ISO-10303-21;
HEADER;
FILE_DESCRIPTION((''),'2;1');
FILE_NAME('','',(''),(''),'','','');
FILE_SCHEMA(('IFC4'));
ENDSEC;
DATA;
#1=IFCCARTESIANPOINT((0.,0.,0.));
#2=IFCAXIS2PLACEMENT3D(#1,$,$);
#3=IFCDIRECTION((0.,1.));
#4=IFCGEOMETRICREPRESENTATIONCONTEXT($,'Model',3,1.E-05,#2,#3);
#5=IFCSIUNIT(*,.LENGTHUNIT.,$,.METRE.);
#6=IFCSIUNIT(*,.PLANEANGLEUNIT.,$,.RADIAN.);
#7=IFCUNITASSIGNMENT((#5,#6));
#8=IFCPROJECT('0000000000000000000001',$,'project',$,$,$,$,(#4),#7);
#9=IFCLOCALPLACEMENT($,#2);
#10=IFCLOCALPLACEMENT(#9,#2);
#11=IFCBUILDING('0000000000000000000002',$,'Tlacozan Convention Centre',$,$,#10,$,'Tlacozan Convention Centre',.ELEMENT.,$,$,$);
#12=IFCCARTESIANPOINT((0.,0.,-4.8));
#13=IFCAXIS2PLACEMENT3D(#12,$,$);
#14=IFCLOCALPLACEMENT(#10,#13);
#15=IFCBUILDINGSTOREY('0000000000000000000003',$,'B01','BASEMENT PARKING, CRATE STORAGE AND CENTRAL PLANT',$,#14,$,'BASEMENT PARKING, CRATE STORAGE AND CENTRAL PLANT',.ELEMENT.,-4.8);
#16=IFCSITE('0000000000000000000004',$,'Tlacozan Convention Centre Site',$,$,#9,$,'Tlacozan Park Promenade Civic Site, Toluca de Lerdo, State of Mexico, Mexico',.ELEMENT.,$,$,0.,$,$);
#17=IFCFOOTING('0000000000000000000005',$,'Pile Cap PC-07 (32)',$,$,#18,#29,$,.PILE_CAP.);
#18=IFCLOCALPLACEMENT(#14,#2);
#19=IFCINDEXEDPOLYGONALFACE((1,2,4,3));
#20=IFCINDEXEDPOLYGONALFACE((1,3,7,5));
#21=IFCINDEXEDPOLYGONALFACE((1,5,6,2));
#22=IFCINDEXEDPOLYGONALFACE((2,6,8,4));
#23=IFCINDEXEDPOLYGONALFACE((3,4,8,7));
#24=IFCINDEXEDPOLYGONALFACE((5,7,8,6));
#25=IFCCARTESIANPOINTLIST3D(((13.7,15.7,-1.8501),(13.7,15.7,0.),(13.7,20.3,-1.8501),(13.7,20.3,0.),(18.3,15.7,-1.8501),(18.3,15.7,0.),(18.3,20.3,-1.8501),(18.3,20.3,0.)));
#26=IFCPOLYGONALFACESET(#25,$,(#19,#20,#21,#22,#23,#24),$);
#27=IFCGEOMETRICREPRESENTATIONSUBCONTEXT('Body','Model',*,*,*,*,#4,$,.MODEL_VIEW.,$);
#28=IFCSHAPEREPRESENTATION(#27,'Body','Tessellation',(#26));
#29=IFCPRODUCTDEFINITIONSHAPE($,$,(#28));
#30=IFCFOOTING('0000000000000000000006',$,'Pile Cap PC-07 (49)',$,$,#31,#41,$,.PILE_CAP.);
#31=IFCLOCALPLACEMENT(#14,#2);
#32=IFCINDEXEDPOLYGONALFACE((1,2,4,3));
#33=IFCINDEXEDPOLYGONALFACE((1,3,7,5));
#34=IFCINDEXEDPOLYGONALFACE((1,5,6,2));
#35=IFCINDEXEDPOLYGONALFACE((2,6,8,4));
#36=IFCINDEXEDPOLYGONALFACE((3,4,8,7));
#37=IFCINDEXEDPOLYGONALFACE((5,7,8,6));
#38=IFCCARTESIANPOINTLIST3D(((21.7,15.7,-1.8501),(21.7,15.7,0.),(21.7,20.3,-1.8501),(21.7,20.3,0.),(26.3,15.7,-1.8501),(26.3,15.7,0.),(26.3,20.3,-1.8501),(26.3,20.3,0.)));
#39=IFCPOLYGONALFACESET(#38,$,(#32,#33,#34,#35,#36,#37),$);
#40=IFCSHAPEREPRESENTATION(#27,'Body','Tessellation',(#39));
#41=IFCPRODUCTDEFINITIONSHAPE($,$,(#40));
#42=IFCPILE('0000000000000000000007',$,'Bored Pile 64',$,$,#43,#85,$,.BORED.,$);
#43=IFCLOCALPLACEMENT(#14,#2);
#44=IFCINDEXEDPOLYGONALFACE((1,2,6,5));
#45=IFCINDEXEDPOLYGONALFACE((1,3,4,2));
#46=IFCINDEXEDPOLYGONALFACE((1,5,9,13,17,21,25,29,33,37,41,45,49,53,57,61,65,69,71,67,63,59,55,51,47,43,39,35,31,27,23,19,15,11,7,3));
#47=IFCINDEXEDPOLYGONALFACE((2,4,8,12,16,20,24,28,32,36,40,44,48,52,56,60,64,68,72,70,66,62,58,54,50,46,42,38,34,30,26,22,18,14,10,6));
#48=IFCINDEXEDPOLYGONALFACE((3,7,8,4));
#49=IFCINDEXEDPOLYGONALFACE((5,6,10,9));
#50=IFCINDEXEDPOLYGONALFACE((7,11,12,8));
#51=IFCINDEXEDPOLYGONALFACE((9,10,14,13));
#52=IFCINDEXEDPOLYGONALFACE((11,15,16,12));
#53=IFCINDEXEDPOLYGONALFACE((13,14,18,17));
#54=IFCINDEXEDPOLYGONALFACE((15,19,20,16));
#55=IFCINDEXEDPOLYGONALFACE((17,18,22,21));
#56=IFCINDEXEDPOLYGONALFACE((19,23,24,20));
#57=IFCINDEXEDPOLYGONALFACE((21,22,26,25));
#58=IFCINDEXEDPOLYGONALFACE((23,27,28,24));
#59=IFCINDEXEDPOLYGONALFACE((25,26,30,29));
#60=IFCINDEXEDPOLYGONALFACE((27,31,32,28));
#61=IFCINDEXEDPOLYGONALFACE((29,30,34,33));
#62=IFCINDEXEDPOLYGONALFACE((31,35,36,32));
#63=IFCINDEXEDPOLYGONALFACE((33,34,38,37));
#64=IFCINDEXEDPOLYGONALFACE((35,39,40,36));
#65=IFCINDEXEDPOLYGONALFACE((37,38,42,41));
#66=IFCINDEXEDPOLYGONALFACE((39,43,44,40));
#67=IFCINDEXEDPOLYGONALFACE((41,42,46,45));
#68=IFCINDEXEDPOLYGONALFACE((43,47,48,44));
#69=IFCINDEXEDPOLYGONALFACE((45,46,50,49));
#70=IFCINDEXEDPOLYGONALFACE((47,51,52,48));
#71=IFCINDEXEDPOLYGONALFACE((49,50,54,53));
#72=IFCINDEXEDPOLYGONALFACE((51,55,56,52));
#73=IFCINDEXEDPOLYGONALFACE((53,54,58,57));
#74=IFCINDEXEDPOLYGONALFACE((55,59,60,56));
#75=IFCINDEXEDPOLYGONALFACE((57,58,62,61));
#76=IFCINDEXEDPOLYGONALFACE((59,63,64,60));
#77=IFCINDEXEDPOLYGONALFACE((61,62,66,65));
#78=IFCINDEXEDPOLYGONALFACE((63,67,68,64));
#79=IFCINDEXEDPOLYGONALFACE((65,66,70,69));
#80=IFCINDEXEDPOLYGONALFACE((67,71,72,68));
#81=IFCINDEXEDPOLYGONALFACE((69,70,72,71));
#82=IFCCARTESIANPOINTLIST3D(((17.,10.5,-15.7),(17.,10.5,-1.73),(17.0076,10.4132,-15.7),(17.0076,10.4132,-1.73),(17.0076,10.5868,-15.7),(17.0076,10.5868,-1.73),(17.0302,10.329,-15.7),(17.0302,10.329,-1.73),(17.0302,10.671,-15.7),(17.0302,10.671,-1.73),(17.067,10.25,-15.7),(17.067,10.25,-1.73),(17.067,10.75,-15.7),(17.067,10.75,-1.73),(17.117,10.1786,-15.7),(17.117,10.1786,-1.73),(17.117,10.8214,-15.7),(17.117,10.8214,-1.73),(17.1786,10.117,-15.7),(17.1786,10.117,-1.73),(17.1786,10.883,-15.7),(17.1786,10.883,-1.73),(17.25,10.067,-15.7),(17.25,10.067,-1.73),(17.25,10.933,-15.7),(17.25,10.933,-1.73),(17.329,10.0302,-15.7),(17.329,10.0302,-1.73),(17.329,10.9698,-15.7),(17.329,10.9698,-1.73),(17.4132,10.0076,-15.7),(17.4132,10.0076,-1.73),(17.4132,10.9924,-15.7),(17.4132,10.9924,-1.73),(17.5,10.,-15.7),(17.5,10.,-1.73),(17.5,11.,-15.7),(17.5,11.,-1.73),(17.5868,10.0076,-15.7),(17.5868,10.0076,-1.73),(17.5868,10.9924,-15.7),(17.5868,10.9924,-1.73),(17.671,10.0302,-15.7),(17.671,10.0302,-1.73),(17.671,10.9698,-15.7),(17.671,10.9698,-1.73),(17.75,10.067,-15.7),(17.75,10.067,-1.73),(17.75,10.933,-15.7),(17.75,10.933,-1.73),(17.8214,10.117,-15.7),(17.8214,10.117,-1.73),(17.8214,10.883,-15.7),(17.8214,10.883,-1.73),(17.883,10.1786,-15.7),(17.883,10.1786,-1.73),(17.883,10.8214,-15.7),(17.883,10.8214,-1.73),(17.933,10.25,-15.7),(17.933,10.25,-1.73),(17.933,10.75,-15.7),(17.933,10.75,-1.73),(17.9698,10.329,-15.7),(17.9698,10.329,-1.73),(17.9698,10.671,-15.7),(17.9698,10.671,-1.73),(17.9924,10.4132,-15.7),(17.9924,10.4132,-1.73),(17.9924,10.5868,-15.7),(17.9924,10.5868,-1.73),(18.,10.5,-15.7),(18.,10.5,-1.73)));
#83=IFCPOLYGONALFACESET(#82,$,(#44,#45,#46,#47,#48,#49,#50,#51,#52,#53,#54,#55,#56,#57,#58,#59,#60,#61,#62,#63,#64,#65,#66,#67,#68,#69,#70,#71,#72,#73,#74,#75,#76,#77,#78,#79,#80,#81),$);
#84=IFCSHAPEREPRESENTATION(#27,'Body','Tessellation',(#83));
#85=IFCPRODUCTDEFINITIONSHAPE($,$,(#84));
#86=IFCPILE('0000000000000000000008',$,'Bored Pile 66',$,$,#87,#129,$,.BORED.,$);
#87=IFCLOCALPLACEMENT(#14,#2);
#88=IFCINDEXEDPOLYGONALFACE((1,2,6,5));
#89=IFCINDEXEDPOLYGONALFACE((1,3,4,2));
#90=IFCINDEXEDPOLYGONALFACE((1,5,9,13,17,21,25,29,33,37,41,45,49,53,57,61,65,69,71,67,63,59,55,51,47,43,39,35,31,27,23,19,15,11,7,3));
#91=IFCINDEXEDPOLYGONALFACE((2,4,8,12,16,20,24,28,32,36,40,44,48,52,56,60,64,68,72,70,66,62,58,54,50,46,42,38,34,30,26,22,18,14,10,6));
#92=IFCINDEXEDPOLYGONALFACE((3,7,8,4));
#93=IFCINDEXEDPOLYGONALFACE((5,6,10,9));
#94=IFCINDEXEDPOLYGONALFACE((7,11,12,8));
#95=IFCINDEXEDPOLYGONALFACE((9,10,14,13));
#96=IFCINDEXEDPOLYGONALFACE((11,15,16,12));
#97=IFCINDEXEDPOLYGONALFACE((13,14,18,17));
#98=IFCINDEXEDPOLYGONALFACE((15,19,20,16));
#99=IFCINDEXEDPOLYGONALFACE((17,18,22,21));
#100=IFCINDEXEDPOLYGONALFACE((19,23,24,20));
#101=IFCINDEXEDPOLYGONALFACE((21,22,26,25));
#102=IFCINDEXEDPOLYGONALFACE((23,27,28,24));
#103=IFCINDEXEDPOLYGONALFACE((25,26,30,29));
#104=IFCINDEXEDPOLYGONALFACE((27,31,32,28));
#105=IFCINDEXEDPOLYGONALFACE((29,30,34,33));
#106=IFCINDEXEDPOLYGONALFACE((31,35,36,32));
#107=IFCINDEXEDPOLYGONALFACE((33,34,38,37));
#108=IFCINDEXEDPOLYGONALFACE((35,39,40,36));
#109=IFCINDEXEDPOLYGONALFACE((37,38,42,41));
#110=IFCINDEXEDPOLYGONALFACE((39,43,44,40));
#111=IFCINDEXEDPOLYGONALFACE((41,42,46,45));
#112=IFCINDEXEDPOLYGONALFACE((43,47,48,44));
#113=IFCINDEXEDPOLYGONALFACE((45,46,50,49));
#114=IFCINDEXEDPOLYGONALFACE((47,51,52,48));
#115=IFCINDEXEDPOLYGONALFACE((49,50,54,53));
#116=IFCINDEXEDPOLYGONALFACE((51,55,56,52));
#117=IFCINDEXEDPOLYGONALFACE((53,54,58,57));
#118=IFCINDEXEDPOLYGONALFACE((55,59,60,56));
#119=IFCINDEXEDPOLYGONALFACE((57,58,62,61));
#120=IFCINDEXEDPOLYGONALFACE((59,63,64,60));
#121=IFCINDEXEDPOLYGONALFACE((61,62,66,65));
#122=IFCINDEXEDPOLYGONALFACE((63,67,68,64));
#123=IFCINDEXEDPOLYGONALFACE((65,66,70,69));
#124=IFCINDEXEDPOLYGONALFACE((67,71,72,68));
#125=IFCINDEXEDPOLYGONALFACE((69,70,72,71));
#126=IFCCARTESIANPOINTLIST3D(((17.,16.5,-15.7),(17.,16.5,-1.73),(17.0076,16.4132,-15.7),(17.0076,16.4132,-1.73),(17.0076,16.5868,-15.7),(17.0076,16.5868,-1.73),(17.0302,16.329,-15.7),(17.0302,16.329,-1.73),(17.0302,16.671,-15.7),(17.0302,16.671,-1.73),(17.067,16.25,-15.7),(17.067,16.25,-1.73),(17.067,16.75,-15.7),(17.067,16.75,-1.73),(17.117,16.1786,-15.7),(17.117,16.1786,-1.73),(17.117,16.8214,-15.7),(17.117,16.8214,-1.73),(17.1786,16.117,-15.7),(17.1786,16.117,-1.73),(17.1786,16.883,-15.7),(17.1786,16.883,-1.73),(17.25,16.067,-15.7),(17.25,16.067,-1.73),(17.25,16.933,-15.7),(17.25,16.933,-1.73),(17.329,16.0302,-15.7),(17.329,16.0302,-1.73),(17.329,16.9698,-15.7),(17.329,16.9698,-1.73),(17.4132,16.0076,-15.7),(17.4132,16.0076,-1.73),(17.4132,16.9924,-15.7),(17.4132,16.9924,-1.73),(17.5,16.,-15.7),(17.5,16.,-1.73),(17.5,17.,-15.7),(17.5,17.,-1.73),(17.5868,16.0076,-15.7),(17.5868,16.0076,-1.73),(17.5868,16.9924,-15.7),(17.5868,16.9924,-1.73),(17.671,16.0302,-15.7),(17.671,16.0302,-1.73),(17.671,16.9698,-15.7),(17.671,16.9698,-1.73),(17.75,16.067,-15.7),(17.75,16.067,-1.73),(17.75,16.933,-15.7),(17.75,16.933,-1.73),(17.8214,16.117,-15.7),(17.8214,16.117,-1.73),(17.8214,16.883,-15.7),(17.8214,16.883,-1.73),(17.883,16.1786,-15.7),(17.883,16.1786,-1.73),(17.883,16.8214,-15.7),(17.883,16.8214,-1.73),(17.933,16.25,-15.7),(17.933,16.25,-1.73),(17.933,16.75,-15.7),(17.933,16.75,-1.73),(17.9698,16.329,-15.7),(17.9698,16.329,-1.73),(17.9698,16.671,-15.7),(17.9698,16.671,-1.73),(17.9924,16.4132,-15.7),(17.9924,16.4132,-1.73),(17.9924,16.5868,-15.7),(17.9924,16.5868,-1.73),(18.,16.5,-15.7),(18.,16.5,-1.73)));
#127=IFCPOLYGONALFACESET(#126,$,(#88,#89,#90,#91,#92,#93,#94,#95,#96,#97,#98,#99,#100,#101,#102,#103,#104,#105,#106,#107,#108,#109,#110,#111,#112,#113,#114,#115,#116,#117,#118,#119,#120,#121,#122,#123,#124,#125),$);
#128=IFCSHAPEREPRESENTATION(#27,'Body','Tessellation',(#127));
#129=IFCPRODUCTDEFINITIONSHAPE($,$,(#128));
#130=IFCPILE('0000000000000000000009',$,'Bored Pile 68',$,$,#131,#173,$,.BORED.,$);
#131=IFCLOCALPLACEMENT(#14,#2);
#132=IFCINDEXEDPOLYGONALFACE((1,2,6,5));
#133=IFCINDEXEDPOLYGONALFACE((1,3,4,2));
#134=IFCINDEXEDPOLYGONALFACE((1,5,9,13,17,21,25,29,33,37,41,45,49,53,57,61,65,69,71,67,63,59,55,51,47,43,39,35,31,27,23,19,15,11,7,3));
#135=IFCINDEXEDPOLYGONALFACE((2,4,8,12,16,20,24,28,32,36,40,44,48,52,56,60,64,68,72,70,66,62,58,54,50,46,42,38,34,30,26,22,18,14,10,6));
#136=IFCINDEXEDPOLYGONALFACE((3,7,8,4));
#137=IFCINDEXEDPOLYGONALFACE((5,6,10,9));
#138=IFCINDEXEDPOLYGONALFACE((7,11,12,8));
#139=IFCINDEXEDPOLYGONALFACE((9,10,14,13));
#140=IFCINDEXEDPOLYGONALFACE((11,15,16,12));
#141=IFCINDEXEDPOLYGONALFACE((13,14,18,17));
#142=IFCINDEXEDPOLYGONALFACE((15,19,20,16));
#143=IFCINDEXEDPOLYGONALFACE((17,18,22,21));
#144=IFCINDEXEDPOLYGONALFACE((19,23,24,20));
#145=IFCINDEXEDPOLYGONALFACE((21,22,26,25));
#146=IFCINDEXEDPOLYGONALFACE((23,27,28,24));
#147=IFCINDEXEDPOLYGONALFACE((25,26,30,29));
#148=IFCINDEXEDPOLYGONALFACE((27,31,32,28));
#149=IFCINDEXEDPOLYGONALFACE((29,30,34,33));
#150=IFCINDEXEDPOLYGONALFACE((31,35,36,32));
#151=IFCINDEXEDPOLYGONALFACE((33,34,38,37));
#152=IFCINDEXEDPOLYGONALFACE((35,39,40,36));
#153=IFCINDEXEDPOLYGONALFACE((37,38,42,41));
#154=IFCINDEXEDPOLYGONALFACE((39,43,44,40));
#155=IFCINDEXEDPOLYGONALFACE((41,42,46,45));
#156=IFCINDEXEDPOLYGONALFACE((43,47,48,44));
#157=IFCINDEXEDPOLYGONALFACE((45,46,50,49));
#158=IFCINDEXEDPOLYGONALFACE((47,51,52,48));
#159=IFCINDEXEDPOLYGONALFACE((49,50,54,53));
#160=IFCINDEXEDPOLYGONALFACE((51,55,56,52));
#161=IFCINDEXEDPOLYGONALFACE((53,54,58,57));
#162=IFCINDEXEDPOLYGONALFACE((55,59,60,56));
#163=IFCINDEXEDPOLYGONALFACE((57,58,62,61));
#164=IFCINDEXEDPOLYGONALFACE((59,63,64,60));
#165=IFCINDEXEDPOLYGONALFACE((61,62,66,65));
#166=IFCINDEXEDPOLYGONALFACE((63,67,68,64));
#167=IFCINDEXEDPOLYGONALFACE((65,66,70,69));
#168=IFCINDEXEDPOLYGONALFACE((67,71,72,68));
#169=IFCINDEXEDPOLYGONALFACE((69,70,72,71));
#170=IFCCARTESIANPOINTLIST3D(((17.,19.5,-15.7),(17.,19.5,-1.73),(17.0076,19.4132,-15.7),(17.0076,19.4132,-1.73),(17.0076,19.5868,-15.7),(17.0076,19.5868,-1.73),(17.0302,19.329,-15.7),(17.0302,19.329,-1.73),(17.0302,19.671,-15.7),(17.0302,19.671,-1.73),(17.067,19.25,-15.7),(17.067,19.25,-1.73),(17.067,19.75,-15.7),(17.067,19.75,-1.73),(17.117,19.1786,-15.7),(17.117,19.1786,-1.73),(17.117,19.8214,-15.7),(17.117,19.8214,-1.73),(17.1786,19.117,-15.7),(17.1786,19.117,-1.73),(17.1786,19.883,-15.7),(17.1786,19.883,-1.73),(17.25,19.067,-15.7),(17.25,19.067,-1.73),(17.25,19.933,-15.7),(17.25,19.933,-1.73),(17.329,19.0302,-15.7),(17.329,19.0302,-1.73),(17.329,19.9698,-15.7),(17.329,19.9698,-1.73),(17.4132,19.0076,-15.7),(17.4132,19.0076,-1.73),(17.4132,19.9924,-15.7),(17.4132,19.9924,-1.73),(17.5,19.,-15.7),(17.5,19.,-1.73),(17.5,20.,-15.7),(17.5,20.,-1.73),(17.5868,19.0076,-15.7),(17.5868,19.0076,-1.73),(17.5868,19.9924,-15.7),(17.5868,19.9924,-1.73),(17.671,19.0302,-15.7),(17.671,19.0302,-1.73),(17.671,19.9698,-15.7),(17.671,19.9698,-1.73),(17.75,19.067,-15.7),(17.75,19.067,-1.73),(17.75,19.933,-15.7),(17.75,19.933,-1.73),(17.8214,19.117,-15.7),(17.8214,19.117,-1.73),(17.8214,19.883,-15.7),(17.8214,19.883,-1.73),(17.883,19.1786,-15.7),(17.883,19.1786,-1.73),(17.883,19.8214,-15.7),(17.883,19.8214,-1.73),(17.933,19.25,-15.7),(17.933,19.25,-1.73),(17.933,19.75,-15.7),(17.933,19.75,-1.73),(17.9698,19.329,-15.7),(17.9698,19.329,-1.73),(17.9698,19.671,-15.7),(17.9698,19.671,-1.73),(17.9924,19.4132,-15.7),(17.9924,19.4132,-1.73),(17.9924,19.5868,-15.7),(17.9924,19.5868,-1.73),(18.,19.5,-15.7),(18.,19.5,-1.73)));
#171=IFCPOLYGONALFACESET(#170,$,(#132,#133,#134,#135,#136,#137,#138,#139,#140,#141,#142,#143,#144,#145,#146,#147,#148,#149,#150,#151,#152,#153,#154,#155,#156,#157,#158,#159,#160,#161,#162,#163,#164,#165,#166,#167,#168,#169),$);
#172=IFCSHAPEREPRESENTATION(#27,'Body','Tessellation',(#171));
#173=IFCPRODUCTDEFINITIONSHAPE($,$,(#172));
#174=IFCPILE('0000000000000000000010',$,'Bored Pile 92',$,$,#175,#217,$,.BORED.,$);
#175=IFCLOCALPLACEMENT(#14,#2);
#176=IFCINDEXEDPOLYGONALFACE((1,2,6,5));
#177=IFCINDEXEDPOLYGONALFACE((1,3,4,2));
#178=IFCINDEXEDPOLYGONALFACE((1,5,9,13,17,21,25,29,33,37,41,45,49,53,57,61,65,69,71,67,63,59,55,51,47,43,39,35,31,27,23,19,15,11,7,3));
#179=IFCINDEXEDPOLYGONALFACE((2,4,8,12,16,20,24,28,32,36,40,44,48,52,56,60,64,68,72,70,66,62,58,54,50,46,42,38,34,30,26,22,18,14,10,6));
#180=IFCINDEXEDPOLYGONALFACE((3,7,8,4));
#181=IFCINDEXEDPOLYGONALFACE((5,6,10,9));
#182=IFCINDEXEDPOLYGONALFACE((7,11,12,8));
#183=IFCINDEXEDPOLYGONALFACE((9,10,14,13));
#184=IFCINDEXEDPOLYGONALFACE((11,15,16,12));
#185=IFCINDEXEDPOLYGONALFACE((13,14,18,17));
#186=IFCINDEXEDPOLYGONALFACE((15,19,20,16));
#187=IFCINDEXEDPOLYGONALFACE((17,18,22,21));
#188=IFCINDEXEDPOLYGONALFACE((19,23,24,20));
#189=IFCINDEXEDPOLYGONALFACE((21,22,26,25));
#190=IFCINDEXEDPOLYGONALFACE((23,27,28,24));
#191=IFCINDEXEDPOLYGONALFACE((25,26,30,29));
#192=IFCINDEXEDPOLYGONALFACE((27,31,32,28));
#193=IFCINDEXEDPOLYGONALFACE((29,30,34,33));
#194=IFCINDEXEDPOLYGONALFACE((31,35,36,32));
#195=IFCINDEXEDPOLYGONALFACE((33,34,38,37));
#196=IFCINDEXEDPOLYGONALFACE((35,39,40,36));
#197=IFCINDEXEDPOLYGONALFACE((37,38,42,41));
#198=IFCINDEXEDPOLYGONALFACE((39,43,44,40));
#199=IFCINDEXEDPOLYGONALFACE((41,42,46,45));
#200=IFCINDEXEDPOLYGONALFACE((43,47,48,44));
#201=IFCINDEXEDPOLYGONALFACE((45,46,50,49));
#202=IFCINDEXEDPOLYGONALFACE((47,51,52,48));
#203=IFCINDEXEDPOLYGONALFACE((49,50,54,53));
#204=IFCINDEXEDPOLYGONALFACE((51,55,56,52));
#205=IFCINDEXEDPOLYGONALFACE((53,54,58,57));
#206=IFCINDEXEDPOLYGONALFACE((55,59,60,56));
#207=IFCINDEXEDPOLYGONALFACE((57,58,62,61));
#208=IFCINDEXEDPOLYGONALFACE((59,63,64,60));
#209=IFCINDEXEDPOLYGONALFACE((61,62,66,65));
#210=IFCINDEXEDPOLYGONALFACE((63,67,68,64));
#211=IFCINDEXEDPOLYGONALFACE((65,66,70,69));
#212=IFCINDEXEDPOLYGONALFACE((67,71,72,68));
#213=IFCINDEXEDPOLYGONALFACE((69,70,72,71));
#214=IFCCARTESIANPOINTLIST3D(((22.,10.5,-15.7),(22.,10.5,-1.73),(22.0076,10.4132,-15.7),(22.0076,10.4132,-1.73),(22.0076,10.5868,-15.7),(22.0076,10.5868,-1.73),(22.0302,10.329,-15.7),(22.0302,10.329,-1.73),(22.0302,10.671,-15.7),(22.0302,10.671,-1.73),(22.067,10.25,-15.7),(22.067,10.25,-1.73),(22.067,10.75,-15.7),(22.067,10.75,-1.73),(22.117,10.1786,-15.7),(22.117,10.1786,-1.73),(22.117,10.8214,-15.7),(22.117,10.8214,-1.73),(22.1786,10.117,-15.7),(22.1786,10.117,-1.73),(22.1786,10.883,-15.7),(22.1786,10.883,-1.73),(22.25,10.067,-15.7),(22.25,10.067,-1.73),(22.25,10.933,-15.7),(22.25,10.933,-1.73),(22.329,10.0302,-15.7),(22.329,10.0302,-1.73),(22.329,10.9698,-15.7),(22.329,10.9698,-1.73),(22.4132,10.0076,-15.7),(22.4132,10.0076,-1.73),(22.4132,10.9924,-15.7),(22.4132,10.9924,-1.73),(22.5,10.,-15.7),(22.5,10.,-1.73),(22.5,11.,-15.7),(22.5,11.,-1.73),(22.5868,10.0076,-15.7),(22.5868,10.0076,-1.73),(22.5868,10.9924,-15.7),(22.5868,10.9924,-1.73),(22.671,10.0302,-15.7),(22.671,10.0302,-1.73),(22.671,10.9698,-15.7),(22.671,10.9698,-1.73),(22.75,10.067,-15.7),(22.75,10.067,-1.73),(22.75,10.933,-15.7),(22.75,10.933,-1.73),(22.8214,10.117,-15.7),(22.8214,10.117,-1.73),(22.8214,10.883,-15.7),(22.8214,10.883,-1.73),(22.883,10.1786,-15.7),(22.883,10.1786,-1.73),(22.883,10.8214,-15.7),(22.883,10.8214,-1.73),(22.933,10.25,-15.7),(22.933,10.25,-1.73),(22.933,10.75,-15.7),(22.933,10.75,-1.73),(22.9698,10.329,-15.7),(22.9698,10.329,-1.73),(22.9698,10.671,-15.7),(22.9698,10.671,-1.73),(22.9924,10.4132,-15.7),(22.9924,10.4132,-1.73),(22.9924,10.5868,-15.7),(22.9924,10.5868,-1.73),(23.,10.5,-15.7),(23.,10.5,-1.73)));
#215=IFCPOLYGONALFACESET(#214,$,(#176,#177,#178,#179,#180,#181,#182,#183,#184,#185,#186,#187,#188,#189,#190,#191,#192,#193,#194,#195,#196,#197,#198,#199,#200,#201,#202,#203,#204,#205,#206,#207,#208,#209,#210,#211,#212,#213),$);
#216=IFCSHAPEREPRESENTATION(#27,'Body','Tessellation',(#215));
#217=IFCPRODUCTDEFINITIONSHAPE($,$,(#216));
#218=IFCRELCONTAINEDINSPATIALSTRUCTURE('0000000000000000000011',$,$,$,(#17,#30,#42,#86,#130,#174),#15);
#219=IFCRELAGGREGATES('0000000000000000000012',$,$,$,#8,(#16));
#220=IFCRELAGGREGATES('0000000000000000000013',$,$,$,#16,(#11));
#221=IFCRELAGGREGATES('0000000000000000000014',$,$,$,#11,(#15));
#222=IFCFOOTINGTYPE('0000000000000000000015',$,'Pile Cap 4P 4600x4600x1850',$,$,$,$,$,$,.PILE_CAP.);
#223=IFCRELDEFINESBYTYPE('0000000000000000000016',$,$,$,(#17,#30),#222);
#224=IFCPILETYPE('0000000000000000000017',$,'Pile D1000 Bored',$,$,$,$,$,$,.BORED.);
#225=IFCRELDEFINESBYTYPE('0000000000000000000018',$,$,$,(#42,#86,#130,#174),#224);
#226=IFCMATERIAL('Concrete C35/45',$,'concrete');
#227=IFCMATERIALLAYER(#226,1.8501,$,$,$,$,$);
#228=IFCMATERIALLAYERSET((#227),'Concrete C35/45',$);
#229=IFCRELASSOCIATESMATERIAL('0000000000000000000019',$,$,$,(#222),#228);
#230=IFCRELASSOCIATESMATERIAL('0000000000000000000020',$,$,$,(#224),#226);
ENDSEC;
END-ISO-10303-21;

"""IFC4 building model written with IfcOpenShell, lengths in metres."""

from ifc_helpers import new_model, si_unit, direction, frame, origin, origin_2d, place, context, subcontext, project, spatial, rectangle, circle, extrude, material, layer, layer_set, material_profile, profile_set, type_object, element, save


model = new_model("IFC4")

# Units and contexts
model_context = context("Model", 3, precision=1e-05, world=origin(), true_north=direction((0.0, 1.0)))
body_context = subcontext(model_context, "Body", "Model", "MODEL_VIEW")
ifc_project = project(units=[si_unit("LENGTHUNIT", "METRE"), si_unit("PLANEANGLEUNIT", "RADIAN")], contexts=[model_context])

# Site, building, storey
site_placement = place(None, origin())
site = spatial("IfcSite", under=ifc_project, at=site_placement, Name="Tlacozan Convention Centre Site", LongName="Tlacozan Park Promenade Civic Site, Toluca de Lerdo, State of Mexico, Mexico", CompositionType="ELEMENT", RefElevation=0.0)
building_placement = place(site_placement, origin())
building = spatial("IfcBuilding", under=site, at=building_placement, Name="Tlacozan Convention Centre", LongName="Tlacozan Convention Centre", CompositionType="ELEMENT")
storey_placement = place(building_placement, frame((0.0, 0.0, -4.8)))
storey = spatial("IfcBuildingStorey", under=building, at=storey_placement, Name="B01", Description="BASEMENT PARKING, CRATE STORAGE AND CENTRAL PLANT", LongName="BASEMENT PARKING, CRATE STORAGE AND CENTRAL PLANT", CompositionType="ELEMENT", Elevation=-4.8)

# Footings
ifc_material_1 = material(Name="Concrete C35/45", Category="concrete")
ifc_layer_1 = layer(ifc_material_1, 1.8501)
ifc_layer_set_1 = layer_set([ifc_layer_1], Name="Concrete C35/45")
footing_type = type_object("IfcFootingType", Name="Pile Cap 4P 4600x4600x1850", PredefinedType="PILE_CAP", material=ifc_layer_set_1)
for number, where, z_axis, x_axis, name in (
    (1, (16.0, 18.0, -1.8501), (0.0, 0.0, 1.0), (1.0, 0.0, 0.0), "Pile Cap PC-07 (32)"),
    (2, (24.0, 18.0, -1.8501), (0.0, 0.0, 1.0), (1.0, 0.0, 0.0), "Pile Cap PC-07 (49)"),
):
    element("IfcFooting", number, at=place(storey_placement, frame(where, z_axis=z_axis, x_axis=x_axis)), inside=storey, type_object=footing_type, Name=name, PredefinedType="PILE_CAP", context=body_context, shape_type="SweptSolid", body=[
        extrude(rectangle(XDim=4.6001, YDim=4.6001, at=origin_2d()), origin(), (0.0, 0.0, 1.0), 1.8501),
    ])

# Piles
ifc_material_profile_1 = material_profile(ifc_material_1, circle(Radius=0.5, at=origin_2d()), Name="PILE D1000")
ifc_profile_set_1 = profile_set([ifc_material_profile_1], Name="Concrete C35/45")
pile_type = type_object("IfcPileType", Name="Pile D1000 Bored", PredefinedType="BORED", material=ifc_profile_set_1)
for number, where, z_axis, x_axis, name in (
    (3, (17.5, 10.5, -1.73), (0.0, 0.0, -1.0), (1.0, 0.0, 0.0), "Bored Pile 64"),
    (4, (17.5, 16.5, -1.73), (0.0, 0.0, -1.0), (1.0, 0.0, 0.0), "Bored Pile 66"),
    (5, (17.5, 19.5, -1.73), (0.0, 0.0, -1.0), (1.0, 0.0, 0.0), "Bored Pile 68"),
    (6, (22.5, 10.5, -1.73), (0.0, 0.0, -1.0), (1.0, 0.0, 0.0), "Bored Pile 92"),
):
    element("IfcPile", number, at=place(storey_placement, frame(where, z_axis=z_axis, x_axis=x_axis)), inside=storey, type_object=pile_type, Name=name, PredefinedType="BORED", context=body_context, shape_type="SweptSolid", body=[
        extrude(circle(Radius=0.5, at=origin_2d()), origin(), (0.0, 0.0, 1.0), 13.97),
    ])

save(model, "model.ifc")
